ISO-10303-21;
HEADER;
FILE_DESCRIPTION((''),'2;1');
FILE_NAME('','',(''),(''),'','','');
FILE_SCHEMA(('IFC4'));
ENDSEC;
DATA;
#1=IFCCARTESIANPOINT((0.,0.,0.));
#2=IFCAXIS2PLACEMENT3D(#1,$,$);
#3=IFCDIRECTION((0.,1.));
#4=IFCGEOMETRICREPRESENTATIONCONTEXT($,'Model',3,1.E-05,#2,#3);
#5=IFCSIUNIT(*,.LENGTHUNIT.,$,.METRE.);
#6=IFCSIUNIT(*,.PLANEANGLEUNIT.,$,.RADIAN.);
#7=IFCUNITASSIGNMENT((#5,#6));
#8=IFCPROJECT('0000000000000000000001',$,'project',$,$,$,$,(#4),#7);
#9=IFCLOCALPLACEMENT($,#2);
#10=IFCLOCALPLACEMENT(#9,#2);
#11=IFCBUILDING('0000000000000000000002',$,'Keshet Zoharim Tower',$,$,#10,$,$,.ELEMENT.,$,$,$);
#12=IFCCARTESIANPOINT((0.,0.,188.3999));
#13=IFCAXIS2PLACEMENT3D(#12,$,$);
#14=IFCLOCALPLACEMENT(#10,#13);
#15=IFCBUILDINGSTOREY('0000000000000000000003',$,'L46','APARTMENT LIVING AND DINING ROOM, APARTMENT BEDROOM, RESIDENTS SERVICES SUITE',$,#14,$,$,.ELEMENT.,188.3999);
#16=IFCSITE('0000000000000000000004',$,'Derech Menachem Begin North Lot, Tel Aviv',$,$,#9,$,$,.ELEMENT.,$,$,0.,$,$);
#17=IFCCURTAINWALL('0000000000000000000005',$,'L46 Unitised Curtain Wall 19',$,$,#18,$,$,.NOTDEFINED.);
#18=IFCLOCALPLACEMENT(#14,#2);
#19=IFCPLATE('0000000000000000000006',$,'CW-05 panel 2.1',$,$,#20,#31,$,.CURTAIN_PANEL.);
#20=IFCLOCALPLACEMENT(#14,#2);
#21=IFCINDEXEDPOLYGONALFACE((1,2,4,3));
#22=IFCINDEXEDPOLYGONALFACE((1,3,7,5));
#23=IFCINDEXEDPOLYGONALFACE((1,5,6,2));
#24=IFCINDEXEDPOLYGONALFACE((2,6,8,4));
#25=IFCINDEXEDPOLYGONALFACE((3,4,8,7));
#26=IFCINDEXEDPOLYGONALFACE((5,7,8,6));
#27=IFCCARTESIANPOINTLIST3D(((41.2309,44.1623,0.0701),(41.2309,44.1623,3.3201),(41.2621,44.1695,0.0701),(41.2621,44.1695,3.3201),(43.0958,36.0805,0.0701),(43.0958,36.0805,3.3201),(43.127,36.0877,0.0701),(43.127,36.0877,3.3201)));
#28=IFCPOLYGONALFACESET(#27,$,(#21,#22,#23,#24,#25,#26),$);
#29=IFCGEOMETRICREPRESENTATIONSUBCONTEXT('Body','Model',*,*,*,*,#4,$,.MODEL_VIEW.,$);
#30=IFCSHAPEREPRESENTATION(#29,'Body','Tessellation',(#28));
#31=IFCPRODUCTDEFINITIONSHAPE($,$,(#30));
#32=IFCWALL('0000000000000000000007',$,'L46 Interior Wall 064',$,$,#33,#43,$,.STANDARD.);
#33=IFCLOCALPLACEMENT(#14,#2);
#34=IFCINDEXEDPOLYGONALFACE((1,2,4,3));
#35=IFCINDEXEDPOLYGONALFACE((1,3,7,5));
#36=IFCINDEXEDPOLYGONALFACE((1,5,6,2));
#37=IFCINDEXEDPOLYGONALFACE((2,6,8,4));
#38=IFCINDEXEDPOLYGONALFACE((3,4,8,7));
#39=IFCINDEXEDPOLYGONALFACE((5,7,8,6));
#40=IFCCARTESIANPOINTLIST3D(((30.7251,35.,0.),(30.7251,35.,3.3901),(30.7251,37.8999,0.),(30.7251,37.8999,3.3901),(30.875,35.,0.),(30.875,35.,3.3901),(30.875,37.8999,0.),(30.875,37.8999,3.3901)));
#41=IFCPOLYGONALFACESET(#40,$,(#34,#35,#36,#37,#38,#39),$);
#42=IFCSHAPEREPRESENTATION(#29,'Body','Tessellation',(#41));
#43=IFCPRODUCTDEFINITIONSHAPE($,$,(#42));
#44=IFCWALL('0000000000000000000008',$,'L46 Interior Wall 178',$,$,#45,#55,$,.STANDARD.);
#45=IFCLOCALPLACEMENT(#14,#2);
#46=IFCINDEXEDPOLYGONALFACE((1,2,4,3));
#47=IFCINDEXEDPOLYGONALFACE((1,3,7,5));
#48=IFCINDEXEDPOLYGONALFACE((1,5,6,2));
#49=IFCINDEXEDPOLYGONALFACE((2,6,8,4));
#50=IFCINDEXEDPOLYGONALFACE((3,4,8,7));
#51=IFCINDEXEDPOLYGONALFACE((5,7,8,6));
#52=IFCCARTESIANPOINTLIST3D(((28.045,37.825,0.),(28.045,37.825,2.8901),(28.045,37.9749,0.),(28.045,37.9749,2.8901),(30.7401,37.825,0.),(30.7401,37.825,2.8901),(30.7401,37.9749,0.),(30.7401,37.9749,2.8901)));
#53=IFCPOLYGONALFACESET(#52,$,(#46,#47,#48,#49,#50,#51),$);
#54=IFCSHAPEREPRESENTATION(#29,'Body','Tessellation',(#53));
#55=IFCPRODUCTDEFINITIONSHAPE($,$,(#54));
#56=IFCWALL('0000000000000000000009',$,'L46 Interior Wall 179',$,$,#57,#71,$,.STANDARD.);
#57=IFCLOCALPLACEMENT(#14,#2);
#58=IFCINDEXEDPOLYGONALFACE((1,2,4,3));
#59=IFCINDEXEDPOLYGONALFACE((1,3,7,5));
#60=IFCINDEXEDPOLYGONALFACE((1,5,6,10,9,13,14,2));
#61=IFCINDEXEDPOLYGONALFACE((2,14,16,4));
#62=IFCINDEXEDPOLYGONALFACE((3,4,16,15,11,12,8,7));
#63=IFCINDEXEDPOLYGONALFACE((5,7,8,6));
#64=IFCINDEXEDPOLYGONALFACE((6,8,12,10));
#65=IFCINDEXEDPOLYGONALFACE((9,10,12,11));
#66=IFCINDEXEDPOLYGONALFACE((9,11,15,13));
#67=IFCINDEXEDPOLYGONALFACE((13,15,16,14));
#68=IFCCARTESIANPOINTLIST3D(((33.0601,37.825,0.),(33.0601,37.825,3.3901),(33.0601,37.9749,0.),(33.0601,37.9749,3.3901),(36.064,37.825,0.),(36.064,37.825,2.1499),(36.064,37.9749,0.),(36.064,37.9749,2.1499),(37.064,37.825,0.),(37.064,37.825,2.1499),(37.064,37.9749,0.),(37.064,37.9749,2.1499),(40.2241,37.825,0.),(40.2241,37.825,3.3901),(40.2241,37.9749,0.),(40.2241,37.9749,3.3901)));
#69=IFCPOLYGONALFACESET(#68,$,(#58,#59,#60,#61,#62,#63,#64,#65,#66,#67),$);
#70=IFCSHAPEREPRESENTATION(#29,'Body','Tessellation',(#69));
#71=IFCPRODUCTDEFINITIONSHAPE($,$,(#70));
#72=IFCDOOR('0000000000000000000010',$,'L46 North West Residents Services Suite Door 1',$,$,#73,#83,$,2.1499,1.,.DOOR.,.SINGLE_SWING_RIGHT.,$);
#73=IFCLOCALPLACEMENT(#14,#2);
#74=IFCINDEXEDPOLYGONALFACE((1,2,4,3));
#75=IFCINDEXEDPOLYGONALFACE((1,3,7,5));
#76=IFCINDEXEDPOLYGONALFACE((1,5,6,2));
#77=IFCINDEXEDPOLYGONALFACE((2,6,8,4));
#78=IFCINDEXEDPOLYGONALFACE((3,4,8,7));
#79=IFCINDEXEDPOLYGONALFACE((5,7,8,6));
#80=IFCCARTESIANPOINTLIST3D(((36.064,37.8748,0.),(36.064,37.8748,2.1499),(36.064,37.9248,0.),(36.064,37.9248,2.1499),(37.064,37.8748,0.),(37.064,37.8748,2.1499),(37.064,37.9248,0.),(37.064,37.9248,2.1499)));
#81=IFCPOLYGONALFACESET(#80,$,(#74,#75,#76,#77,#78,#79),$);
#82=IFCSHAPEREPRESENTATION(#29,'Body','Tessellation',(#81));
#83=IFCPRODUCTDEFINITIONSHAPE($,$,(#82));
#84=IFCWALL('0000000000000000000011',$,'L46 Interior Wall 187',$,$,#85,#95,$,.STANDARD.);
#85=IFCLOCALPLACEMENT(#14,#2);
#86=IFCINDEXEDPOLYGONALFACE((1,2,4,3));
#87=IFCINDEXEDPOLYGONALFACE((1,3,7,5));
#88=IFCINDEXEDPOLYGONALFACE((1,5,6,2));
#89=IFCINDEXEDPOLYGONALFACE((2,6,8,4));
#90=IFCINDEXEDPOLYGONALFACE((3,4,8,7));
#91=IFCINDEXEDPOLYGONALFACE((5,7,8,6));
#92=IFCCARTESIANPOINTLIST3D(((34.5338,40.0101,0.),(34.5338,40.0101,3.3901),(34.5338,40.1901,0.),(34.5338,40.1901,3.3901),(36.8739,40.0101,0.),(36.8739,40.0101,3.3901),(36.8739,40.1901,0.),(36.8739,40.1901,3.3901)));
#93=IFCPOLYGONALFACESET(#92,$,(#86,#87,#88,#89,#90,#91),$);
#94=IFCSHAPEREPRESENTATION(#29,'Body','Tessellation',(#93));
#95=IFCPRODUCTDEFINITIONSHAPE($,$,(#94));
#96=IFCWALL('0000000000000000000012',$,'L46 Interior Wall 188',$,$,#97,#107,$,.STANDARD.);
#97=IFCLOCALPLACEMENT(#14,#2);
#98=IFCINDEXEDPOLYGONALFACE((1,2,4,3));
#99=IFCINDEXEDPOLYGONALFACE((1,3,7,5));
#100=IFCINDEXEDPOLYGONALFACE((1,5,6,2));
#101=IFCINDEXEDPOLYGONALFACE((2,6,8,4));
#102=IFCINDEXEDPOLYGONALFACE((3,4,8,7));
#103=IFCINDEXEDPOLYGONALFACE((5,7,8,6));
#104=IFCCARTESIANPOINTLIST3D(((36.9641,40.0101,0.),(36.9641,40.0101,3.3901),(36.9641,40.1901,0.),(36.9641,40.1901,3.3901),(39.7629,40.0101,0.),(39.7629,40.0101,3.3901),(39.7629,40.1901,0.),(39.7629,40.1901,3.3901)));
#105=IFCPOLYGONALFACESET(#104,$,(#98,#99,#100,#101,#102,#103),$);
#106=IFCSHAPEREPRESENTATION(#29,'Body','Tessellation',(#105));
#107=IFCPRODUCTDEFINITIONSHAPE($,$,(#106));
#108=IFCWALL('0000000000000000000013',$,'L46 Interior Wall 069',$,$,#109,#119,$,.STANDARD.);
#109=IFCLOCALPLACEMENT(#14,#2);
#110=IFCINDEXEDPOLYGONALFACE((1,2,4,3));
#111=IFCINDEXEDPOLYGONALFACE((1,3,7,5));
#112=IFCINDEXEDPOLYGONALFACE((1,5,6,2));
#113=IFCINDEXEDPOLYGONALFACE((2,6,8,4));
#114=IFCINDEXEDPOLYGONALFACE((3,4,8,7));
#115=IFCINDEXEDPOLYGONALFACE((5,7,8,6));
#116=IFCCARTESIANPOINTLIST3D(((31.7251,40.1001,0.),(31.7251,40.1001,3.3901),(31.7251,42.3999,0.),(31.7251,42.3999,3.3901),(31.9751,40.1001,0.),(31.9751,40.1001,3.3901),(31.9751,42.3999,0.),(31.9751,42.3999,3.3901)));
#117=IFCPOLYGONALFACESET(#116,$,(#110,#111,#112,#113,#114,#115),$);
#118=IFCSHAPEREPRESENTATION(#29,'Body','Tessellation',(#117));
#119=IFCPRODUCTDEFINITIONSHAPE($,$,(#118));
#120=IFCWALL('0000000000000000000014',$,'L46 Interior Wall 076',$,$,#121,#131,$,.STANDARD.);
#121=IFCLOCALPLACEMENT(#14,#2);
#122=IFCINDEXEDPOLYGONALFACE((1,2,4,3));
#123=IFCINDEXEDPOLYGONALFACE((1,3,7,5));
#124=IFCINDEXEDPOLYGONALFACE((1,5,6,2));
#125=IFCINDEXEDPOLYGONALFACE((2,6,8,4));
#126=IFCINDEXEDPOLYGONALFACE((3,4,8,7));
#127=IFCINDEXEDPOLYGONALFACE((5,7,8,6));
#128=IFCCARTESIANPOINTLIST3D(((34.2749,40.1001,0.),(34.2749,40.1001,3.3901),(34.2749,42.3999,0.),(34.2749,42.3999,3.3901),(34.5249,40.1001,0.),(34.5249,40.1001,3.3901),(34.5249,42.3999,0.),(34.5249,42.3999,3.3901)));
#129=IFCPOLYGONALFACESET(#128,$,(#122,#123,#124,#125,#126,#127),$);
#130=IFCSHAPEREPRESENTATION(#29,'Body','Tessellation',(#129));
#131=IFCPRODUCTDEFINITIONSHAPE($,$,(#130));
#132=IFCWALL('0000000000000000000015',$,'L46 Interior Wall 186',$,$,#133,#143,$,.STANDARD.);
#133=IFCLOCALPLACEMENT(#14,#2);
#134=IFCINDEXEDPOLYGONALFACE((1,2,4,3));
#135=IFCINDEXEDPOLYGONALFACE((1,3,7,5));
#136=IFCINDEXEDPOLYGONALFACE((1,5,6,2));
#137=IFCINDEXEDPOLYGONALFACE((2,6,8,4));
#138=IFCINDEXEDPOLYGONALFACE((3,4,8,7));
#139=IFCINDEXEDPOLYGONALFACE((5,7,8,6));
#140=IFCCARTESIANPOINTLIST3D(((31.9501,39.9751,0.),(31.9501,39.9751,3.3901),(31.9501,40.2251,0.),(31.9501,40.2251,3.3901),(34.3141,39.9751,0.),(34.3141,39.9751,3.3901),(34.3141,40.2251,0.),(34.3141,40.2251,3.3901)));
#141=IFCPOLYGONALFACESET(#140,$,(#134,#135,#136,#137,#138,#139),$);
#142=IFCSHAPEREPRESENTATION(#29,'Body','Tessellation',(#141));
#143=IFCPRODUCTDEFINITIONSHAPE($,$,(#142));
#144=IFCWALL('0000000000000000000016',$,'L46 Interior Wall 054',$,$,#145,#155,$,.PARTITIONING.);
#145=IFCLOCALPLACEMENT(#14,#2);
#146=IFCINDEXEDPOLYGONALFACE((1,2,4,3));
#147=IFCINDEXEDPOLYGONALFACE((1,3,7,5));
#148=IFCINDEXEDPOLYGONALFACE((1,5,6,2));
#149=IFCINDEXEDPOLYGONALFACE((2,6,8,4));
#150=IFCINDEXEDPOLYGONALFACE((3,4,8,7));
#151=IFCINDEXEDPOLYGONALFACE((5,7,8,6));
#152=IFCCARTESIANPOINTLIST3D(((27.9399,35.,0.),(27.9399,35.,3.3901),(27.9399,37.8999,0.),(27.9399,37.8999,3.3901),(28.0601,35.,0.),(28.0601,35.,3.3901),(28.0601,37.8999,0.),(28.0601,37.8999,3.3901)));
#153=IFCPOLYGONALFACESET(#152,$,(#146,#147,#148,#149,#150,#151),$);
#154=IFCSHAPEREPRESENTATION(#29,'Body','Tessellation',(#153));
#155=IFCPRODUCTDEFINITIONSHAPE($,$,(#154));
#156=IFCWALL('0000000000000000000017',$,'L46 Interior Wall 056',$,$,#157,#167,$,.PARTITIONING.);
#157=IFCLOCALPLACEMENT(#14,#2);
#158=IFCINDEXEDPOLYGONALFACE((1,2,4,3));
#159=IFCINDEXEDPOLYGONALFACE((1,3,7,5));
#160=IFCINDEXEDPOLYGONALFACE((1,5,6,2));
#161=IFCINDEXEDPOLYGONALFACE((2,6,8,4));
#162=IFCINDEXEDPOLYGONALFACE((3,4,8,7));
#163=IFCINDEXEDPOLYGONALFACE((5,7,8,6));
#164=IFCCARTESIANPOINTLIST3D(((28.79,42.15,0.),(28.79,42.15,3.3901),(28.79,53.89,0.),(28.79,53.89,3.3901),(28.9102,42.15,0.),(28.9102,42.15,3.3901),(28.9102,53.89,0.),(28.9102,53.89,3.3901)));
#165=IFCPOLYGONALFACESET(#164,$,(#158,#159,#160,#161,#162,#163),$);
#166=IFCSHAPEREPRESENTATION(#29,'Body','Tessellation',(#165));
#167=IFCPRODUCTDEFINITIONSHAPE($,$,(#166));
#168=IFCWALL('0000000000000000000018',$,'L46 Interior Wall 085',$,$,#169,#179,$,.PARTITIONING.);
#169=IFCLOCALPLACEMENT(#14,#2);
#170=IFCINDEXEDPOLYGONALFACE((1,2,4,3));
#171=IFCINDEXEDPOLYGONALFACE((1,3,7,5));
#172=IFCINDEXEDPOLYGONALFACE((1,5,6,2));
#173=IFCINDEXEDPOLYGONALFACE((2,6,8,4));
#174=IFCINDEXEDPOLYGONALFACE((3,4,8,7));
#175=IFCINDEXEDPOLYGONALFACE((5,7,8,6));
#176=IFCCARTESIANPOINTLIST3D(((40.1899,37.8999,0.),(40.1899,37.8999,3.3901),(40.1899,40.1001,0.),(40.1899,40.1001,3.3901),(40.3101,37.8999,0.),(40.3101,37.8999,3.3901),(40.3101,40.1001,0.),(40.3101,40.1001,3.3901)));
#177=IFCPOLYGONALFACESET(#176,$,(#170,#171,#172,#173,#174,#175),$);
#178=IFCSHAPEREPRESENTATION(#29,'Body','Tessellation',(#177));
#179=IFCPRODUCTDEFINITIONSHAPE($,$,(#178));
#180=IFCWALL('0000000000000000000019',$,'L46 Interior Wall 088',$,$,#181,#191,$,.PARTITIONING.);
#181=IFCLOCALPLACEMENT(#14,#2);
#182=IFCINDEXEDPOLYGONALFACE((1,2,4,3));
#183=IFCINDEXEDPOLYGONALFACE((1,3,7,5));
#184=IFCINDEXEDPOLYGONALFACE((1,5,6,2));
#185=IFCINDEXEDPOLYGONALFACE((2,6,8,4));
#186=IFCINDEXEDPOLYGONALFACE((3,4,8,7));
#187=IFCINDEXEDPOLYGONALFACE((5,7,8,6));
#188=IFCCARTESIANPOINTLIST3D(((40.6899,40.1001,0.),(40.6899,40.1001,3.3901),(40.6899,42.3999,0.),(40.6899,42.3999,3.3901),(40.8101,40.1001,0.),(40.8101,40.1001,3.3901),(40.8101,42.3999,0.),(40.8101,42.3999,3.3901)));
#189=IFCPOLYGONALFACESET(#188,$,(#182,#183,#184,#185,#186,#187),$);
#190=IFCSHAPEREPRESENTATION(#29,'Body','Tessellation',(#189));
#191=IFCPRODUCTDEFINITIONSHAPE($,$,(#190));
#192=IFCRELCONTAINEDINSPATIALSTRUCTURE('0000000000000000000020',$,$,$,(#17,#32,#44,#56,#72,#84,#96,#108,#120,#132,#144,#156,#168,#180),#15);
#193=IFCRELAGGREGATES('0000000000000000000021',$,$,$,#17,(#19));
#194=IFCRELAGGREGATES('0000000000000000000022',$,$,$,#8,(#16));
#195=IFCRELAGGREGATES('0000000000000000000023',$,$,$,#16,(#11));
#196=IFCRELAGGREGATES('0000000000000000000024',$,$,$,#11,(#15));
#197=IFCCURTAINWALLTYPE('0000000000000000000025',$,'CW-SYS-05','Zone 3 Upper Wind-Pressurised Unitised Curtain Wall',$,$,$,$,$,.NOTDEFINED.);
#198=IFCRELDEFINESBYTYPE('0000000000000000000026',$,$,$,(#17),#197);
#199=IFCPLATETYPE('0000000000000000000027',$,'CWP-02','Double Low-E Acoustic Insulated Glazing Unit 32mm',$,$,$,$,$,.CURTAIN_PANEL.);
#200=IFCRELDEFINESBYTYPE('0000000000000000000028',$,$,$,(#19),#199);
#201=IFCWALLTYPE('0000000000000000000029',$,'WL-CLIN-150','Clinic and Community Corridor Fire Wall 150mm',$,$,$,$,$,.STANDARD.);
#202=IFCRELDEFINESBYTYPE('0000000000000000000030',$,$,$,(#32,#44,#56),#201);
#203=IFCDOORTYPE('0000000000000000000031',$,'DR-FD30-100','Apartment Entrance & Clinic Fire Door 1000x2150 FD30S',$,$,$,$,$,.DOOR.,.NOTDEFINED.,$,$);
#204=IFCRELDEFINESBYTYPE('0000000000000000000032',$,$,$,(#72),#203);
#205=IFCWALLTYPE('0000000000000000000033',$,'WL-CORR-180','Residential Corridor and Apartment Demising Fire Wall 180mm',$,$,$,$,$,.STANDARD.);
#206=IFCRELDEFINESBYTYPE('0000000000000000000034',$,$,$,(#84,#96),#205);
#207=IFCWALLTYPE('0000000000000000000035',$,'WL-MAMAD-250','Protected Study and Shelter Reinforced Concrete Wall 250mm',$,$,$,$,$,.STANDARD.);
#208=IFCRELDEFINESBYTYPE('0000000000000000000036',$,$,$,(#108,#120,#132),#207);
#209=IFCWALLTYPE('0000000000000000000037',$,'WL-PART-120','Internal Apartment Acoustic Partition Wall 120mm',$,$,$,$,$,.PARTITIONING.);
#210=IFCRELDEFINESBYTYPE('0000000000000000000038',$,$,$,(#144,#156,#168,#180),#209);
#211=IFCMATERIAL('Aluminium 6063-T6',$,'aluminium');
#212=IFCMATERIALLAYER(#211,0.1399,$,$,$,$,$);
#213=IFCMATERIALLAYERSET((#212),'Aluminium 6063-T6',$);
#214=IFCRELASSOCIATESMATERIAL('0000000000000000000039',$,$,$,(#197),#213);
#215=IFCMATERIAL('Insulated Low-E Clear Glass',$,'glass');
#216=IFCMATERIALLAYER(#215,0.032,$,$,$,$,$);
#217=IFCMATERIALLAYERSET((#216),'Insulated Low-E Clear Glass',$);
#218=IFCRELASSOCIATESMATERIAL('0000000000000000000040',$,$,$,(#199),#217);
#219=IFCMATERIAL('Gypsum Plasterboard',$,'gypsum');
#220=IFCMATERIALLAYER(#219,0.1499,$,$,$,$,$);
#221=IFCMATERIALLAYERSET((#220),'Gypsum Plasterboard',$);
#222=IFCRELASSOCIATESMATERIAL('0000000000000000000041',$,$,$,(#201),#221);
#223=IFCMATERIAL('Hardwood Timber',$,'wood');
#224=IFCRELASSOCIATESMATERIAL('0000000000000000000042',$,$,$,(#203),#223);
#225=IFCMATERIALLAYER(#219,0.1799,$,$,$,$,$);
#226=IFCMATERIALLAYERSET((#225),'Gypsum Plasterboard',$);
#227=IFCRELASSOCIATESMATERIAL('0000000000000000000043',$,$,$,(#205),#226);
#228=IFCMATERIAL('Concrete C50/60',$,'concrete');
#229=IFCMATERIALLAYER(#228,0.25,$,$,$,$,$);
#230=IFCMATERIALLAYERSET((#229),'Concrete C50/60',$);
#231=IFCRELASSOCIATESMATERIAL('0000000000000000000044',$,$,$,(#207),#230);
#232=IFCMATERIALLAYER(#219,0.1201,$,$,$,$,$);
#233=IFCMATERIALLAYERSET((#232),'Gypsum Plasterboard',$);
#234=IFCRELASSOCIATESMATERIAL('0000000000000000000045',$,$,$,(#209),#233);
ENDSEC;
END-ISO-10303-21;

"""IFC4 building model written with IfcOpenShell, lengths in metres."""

from ifc_helpers import new_model, si_unit, direction, frame, frame_2d, origin, origin_2d, place, context, subcontext, project, spatial, rectangle, extrude, material, layer, layer_set, type_object, element, fill, aggregate, save


model = new_model("IFC4")

# Units and contexts
model_context = context("Model", 3, precision=1e-05, world=origin(), true_north=direction((0.0, 1.0)))
body_context = subcontext(model_context, "Body", "Model", "MODEL_VIEW")
ifc_project = project(units=[si_unit("LENGTHUNIT", "METRE"), si_unit("PLANEANGLEUNIT", "RADIAN")], contexts=[model_context])

# Site, building, storey
site_placement = place(None, origin())
site = spatial("IfcSite", under=ifc_project, at=site_placement, Name="Derech Menachem Begin North Lot, Tel Aviv", CompositionType="ELEMENT", RefElevation=0.0)
building_placement = place(site_placement, origin())
building = spatial("IfcBuilding", under=site, at=building_placement, Name="Keshet Zoharim Tower", CompositionType="ELEMENT")
storey_placement = place(building_placement, frame((0.0, 0.0, 188.3999)))
storey = spatial("IfcBuildingStorey", under=building, at=storey_placement, Name="L46", Description="APARTMENT LIVING AND DINING ROOM, APARTMENT BEDROOM, RESIDENTS SERVICES SUITE", CompositionType="ELEMENT", Elevation=188.3999)

# Curtain wall, plate
ifc_material_1 = material(Name="Aluminium 6063-T6", Category="aluminium")
ifc_layer_1 = layer(ifc_material_1, 0.1399)
ifc_layer_set_1 = layer_set([ifc_layer_1], Name="Aluminium 6063-T6")
curtain_wall_type = type_object("IfcCurtainWallType", Name="CW-SYS-05", Description="Zone 3 Upper Wind-Pressurised Unitised Curtain Wall", PredefinedType="NOTDEFINED", material=ifc_layer_set_1)
curtain_wall_placement = place(storey_placement, origin())
curtain_wall = element("IfcCurtainWall", 1, at=curtain_wall_placement, inside=storey, type_object=curtain_wall_type, Name="L46 Unitised Curtain Wall 19", PredefinedType="NOTDEFINED")
ifc_material_2 = material(Name="Insulated Low-E Clear Glass", Category="glass")
ifc_layer_2 = layer(ifc_material_2, 0.032)
ifc_layer_set_2 = layer_set([ifc_layer_2], Name="Insulated Low-E Clear Glass")
plate_type = type_object("IfcPlateType", Name="CWP-02", Description="Double Low-E Acoustic Insulated Glazing Unit 32mm", PredefinedType="CURTAIN_PANEL", material=ifc_layer_set_2)
plate_placement = place(storey_placement, frame((42.179, 40.125, 0.0701), z_axis=(0.0, 0.0, 1.0), x_axis=(0.224848, -0.974394, 0.0)))
plate = element("IfcPlate", 2, at=plate_placement, type_object=plate_type, Name="CW-05 panel 2.1", PredefinedType="CURTAIN_PANEL", context=body_context, shape_type="SweptSolid", body=[
    extrude(rectangle(XDim=8.2942, YDim=0.032, at=origin_2d()), origin(), (0.0, 0.0, 1.0), 3.25),
])
aggregate(curtain_wall, [plate])

# Walls
ifc_material_3 = material(Name="Gypsum Plasterboard", Category="gypsum")
ifc_layer_3 = layer(ifc_material_3, 0.1499)
ifc_layer_set_3 = layer_set([ifc_layer_3], Name="Gypsum Plasterboard")
wall_type_1 = type_object("IfcWallType", Name="WL-CLIN-150", Description="Clinic and Community Corridor Fire Wall 150mm", PredefinedType="STANDARD", material=ifc_layer_set_3)
wall_1_placement = place(storey_placement, frame((30.8, 35.0, 0.0), z_axis=(0.0, 0.0, 1.0), x_axis=(0.0, 1.0, 0.0)))
element("IfcWall", 3, at=wall_1_placement, inside=storey, type_object=wall_type_1, Name="L46 Interior Wall 064", PredefinedType="STANDARD", context=body_context, shape_type="SweptSolid", body=[
    extrude(rectangle(XDim=2.8999, YDim=0.1499, at=frame_2d((1.45, 0.0))), origin(), (0.0, 0.0, 1.0), 3.3901),
])
wall_2_placement = place(storey_placement, frame((28.0449, 37.8999, 0.0), z_axis=(0.0, 0.0, 1.0), x_axis=(1.0, 0.0, 0.0)))
element("IfcWall", 4, at=wall_2_placement, inside=storey, type_object=wall_type_1, Name="L46 Interior Wall 178", PredefinedType="STANDARD", context=body_context, shape_type="SweptSolid", body=[
    extrude(rectangle(XDim=2.6951, YDim=0.1499, at=frame_2d((1.3477, 0.0))), origin(), (0.0, 0.0, 1.0), 2.8901),
])

# Wall, opening, door
wall_3_placement = place(storey_placement, frame((33.0601, 37.8999, 0.0), z_axis=(0.0, 0.0, 1.0), x_axis=(1.0, 0.0, 0.0)))
wall_3 = element("IfcWall", 5, at=wall_3_placement, inside=storey, type_object=wall_type_1, Name="L46 Interior Wall 179", PredefinedType="STANDARD", context=body_context, shape_type="SweptSolid", body=[
    extrude(rectangle(XDim=7.1641, YDim=0.1499, at=frame_2d((3.582, 0.0))), origin(), (0.0, 0.0, 1.0), 3.3901),
])
opening_1_placement = place(wall_3_placement, frame((3.0039, 0.0, 0.0)))
opening_1 = element("IfcOpeningElement", 6, at=opening_1_placement, cuts=wall_3, PredefinedType="OPENING", context=body_context, shape_type="SweptSolid", body=[
    extrude(rectangle(XDim=1.0, YDim=2.1499, at=frame_2d((0.5, 1.075))), frame((0.0, 0.085, 0.0), z_axis=(0.0, -1.0, 0.0), x_axis=(1.0, 0.0, 0.0)), (0.0, 0.0, 1.0), 0.1699),
])
ifc_material_4 = material(Name="Hardwood Timber", Category="wood")
door_type_1 = type_object("IfcDoorType", Name="DR-FD30-100", Description="Apartment Entrance & Clinic Fire Door 1000x2150 FD30S", OperationType="NOTDEFINED", PredefinedType="DOOR", material=ifc_material_4)
door_1_placement = place(opening_1_placement, origin())
door_1 = element("IfcDoor", 7, at=door_1_placement, inside=storey, type_object=door_type_1, Name="L46 North West Residents Services Suite Door 1", OperationType="SINGLE_SWING_RIGHT", OverallHeight=2.1499, OverallWidth=1.0, PredefinedType="DOOR", context=body_context, shape_type="SweptSolid", body=[
    extrude(rectangle(XDim=1.0, YDim=2.1499, at=frame_2d((0.5, 1.075))), frame((0.0, 0.0249, 0.0), z_axis=(0.0, -1.0, 0.0), x_axis=(1.0, 0.0, 0.0)), (0.0, 0.0, 1.0), 0.05),
])
fill(opening_1, door_1)

# Walls
ifc_layer_4 = layer(ifc_material_3, 0.1799)
ifc_layer_set_4 = layer_set([ifc_layer_4], Name="Gypsum Plasterboard")
wall_type_2 = type_object("IfcWallType", Name="WL-CORR-180", Description="Residential Corridor and Apartment Demising Fire Wall 180mm", PredefinedType="STANDARD", material=ifc_layer_set_4)
wall_4_placement = place(storey_placement, frame((34.5339, 40.1001, 0.0), z_axis=(0.0, 0.0, 1.0), x_axis=(1.0, 0.0, 0.0)))
element("IfcWall", 8, at=wall_4_placement, inside=storey, type_object=wall_type_2, Name="L46 Interior Wall 187", PredefinedType="STANDARD", context=body_context, shape_type="SweptSolid", body=[
    extrude(rectangle(XDim=2.3401, YDim=0.1799, at=frame_2d((1.1699, 0.0))), origin(), (0.0, 0.0, 1.0), 3.3901),
])
wall_5_placement = place(storey_placement, frame((36.9641, 40.1001, 0.0), z_axis=(0.0, 0.0, 1.0), x_axis=(1.0, 0.0, 0.0)))
element("IfcWall", 9, at=wall_5_placement, inside=storey, type_object=wall_type_2, Name="L46 Interior Wall 188", PredefinedType="STANDARD", context=body_context, shape_type="SweptSolid", body=[
    extrude(rectangle(XDim=2.7988, YDim=0.1799, at=frame_2d((1.3994, 0.0))), origin(), (0.0, 0.0, 1.0), 3.3901),
])
ifc_material_5 = material(Name="Concrete C50/60", Category="concrete")
ifc_layer_5 = layer(ifc_material_5, 0.25)
ifc_layer_set_5 = layer_set([ifc_layer_5], Name="Concrete C50/60")
wall_type_3 = type_object("IfcWallType", Name="WL-MAMAD-250", Description="Protected Study and Shelter Reinforced Concrete Wall 250mm", PredefinedType="STANDARD", material=ifc_layer_set_5)
for number, where, z_axis, x_axis, name in (
    (10, (31.8501, 40.1001, 0.0), (0.0, 0.0, 1.0), (0.0, 1.0, 0.0), "L46 Interior Wall 069"),
    (11, (34.3999, 40.1001, 0.0), (0.0, 0.0, 1.0), (0.0, 1.0, 0.0), "L46 Interior Wall 076"),
):
    element("IfcWall", number, at=place(storey_placement, frame(where, z_axis=z_axis, x_axis=x_axis)), inside=storey, type_object=wall_type_3, Name=name, PredefinedType="STANDARD", context=body_context, shape_type="SweptSolid", body=[
        extrude(rectangle(XDim=2.2998, YDim=0.25, at=frame_2d((1.1499, 0.0))), origin(), (0.0, 0.0, 1.0), 3.3901),
    ])
wall_6_placement = place(storey_placement, frame((31.95, 40.1001, 0.0), z_axis=(0.0, 0.0, 1.0), x_axis=(1.0, 0.0, 0.0)))
element("IfcWall", 12, at=wall_6_placement, inside=storey, type_object=wall_type_3, Name="L46 Interior Wall 186", PredefinedType="STANDARD", context=body_context, shape_type="SweptSolid", body=[
    extrude(rectangle(XDim=2.364, YDim=0.25, at=frame_2d((1.1821, 0.0))), origin(), (0.0, 0.0, 1.0), 3.3901),
])

# Walls
ifc_layer_6 = layer(ifc_material_3, 0.1201)
ifc_layer_set_6 = layer_set([ifc_layer_6], Name="Gypsum Plasterboard")
wall_type_4 = type_object("IfcWallType", Name="WL-PART-120", Description="Internal Apartment Acoustic Partition Wall 120mm", PredefinedType="PARTITIONING", material=ifc_layer_set_6)
wall_7_placement = place(storey_placement, frame((28.0, 35.0, 0.0), z_axis=(0.0, 0.0, 1.0), x_axis=(0.0, 1.0, 0.0)))
element("IfcWall", 13, at=wall_7_placement, inside=storey, type_object=wall_type_4, Name="L46 Interior Wall 054", PredefinedType="PARTITIONING", context=body_context, shape_type="SweptSolid", body=[
    extrude(rectangle(XDim=2.8999, YDim=0.1201, at=frame_2d((1.45, 0.0))), origin(), (0.0, 0.0, 1.0), 3.3901),
])
wall_8_placement = place(storey_placement, frame((28.8501, 42.1499, 0.0), z_axis=(0.0, 0.0, 1.0), x_axis=(0.0, 1.0, 0.0)))
element("IfcWall", 14, at=wall_8_placement, inside=storey, type_object=wall_type_4, Name="L46 Interior Wall 056", PredefinedType="PARTITIONING", context=body_context, shape_type="SweptSolid", body=[
    extrude(rectangle(XDim=11.74, YDim=0.1201, at=frame_2d((5.8701, 0.0))), origin(), (0.0, 0.0, 1.0), 3.3901),
])
wall_9_placement = place(storey_placement, frame((40.25, 37.8999, 0.0), z_axis=(0.0, 0.0, 1.0), x_axis=(0.0, 1.0, 0.0)))
element("IfcWall", 15, at=wall_9_placement, inside=storey, type_object=wall_type_4, Name="L46 Interior Wall 085", PredefinedType="PARTITIONING", context=body_context, shape_type="SweptSolid", body=[
    extrude(rectangle(XDim=2.2002, YDim=0.1201, at=frame_2d((1.1001, 0.0))), origin(), (0.0, 0.0, 1.0), 3.3901),
])
wall_10_placement = place(storey_placement, frame((40.75, 40.1001, 0.0), z_axis=(0.0, 0.0, 1.0), x_axis=(0.0, 1.0, 0.0)))
element("IfcWall", 16, at=wall_10_placement, inside=storey, type_object=wall_type_4, Name="L46 Interior Wall 088", PredefinedType="PARTITIONING", context=body_context, shape_type="SweptSolid", body=[
    extrude(rectangle(XDim=2.2998, YDim=0.1201, at=frame_2d((1.1499, 0.0))), origin(), (0.0, 0.0, 1.0), 3.3901),
])

save(model, "model.ifc")
